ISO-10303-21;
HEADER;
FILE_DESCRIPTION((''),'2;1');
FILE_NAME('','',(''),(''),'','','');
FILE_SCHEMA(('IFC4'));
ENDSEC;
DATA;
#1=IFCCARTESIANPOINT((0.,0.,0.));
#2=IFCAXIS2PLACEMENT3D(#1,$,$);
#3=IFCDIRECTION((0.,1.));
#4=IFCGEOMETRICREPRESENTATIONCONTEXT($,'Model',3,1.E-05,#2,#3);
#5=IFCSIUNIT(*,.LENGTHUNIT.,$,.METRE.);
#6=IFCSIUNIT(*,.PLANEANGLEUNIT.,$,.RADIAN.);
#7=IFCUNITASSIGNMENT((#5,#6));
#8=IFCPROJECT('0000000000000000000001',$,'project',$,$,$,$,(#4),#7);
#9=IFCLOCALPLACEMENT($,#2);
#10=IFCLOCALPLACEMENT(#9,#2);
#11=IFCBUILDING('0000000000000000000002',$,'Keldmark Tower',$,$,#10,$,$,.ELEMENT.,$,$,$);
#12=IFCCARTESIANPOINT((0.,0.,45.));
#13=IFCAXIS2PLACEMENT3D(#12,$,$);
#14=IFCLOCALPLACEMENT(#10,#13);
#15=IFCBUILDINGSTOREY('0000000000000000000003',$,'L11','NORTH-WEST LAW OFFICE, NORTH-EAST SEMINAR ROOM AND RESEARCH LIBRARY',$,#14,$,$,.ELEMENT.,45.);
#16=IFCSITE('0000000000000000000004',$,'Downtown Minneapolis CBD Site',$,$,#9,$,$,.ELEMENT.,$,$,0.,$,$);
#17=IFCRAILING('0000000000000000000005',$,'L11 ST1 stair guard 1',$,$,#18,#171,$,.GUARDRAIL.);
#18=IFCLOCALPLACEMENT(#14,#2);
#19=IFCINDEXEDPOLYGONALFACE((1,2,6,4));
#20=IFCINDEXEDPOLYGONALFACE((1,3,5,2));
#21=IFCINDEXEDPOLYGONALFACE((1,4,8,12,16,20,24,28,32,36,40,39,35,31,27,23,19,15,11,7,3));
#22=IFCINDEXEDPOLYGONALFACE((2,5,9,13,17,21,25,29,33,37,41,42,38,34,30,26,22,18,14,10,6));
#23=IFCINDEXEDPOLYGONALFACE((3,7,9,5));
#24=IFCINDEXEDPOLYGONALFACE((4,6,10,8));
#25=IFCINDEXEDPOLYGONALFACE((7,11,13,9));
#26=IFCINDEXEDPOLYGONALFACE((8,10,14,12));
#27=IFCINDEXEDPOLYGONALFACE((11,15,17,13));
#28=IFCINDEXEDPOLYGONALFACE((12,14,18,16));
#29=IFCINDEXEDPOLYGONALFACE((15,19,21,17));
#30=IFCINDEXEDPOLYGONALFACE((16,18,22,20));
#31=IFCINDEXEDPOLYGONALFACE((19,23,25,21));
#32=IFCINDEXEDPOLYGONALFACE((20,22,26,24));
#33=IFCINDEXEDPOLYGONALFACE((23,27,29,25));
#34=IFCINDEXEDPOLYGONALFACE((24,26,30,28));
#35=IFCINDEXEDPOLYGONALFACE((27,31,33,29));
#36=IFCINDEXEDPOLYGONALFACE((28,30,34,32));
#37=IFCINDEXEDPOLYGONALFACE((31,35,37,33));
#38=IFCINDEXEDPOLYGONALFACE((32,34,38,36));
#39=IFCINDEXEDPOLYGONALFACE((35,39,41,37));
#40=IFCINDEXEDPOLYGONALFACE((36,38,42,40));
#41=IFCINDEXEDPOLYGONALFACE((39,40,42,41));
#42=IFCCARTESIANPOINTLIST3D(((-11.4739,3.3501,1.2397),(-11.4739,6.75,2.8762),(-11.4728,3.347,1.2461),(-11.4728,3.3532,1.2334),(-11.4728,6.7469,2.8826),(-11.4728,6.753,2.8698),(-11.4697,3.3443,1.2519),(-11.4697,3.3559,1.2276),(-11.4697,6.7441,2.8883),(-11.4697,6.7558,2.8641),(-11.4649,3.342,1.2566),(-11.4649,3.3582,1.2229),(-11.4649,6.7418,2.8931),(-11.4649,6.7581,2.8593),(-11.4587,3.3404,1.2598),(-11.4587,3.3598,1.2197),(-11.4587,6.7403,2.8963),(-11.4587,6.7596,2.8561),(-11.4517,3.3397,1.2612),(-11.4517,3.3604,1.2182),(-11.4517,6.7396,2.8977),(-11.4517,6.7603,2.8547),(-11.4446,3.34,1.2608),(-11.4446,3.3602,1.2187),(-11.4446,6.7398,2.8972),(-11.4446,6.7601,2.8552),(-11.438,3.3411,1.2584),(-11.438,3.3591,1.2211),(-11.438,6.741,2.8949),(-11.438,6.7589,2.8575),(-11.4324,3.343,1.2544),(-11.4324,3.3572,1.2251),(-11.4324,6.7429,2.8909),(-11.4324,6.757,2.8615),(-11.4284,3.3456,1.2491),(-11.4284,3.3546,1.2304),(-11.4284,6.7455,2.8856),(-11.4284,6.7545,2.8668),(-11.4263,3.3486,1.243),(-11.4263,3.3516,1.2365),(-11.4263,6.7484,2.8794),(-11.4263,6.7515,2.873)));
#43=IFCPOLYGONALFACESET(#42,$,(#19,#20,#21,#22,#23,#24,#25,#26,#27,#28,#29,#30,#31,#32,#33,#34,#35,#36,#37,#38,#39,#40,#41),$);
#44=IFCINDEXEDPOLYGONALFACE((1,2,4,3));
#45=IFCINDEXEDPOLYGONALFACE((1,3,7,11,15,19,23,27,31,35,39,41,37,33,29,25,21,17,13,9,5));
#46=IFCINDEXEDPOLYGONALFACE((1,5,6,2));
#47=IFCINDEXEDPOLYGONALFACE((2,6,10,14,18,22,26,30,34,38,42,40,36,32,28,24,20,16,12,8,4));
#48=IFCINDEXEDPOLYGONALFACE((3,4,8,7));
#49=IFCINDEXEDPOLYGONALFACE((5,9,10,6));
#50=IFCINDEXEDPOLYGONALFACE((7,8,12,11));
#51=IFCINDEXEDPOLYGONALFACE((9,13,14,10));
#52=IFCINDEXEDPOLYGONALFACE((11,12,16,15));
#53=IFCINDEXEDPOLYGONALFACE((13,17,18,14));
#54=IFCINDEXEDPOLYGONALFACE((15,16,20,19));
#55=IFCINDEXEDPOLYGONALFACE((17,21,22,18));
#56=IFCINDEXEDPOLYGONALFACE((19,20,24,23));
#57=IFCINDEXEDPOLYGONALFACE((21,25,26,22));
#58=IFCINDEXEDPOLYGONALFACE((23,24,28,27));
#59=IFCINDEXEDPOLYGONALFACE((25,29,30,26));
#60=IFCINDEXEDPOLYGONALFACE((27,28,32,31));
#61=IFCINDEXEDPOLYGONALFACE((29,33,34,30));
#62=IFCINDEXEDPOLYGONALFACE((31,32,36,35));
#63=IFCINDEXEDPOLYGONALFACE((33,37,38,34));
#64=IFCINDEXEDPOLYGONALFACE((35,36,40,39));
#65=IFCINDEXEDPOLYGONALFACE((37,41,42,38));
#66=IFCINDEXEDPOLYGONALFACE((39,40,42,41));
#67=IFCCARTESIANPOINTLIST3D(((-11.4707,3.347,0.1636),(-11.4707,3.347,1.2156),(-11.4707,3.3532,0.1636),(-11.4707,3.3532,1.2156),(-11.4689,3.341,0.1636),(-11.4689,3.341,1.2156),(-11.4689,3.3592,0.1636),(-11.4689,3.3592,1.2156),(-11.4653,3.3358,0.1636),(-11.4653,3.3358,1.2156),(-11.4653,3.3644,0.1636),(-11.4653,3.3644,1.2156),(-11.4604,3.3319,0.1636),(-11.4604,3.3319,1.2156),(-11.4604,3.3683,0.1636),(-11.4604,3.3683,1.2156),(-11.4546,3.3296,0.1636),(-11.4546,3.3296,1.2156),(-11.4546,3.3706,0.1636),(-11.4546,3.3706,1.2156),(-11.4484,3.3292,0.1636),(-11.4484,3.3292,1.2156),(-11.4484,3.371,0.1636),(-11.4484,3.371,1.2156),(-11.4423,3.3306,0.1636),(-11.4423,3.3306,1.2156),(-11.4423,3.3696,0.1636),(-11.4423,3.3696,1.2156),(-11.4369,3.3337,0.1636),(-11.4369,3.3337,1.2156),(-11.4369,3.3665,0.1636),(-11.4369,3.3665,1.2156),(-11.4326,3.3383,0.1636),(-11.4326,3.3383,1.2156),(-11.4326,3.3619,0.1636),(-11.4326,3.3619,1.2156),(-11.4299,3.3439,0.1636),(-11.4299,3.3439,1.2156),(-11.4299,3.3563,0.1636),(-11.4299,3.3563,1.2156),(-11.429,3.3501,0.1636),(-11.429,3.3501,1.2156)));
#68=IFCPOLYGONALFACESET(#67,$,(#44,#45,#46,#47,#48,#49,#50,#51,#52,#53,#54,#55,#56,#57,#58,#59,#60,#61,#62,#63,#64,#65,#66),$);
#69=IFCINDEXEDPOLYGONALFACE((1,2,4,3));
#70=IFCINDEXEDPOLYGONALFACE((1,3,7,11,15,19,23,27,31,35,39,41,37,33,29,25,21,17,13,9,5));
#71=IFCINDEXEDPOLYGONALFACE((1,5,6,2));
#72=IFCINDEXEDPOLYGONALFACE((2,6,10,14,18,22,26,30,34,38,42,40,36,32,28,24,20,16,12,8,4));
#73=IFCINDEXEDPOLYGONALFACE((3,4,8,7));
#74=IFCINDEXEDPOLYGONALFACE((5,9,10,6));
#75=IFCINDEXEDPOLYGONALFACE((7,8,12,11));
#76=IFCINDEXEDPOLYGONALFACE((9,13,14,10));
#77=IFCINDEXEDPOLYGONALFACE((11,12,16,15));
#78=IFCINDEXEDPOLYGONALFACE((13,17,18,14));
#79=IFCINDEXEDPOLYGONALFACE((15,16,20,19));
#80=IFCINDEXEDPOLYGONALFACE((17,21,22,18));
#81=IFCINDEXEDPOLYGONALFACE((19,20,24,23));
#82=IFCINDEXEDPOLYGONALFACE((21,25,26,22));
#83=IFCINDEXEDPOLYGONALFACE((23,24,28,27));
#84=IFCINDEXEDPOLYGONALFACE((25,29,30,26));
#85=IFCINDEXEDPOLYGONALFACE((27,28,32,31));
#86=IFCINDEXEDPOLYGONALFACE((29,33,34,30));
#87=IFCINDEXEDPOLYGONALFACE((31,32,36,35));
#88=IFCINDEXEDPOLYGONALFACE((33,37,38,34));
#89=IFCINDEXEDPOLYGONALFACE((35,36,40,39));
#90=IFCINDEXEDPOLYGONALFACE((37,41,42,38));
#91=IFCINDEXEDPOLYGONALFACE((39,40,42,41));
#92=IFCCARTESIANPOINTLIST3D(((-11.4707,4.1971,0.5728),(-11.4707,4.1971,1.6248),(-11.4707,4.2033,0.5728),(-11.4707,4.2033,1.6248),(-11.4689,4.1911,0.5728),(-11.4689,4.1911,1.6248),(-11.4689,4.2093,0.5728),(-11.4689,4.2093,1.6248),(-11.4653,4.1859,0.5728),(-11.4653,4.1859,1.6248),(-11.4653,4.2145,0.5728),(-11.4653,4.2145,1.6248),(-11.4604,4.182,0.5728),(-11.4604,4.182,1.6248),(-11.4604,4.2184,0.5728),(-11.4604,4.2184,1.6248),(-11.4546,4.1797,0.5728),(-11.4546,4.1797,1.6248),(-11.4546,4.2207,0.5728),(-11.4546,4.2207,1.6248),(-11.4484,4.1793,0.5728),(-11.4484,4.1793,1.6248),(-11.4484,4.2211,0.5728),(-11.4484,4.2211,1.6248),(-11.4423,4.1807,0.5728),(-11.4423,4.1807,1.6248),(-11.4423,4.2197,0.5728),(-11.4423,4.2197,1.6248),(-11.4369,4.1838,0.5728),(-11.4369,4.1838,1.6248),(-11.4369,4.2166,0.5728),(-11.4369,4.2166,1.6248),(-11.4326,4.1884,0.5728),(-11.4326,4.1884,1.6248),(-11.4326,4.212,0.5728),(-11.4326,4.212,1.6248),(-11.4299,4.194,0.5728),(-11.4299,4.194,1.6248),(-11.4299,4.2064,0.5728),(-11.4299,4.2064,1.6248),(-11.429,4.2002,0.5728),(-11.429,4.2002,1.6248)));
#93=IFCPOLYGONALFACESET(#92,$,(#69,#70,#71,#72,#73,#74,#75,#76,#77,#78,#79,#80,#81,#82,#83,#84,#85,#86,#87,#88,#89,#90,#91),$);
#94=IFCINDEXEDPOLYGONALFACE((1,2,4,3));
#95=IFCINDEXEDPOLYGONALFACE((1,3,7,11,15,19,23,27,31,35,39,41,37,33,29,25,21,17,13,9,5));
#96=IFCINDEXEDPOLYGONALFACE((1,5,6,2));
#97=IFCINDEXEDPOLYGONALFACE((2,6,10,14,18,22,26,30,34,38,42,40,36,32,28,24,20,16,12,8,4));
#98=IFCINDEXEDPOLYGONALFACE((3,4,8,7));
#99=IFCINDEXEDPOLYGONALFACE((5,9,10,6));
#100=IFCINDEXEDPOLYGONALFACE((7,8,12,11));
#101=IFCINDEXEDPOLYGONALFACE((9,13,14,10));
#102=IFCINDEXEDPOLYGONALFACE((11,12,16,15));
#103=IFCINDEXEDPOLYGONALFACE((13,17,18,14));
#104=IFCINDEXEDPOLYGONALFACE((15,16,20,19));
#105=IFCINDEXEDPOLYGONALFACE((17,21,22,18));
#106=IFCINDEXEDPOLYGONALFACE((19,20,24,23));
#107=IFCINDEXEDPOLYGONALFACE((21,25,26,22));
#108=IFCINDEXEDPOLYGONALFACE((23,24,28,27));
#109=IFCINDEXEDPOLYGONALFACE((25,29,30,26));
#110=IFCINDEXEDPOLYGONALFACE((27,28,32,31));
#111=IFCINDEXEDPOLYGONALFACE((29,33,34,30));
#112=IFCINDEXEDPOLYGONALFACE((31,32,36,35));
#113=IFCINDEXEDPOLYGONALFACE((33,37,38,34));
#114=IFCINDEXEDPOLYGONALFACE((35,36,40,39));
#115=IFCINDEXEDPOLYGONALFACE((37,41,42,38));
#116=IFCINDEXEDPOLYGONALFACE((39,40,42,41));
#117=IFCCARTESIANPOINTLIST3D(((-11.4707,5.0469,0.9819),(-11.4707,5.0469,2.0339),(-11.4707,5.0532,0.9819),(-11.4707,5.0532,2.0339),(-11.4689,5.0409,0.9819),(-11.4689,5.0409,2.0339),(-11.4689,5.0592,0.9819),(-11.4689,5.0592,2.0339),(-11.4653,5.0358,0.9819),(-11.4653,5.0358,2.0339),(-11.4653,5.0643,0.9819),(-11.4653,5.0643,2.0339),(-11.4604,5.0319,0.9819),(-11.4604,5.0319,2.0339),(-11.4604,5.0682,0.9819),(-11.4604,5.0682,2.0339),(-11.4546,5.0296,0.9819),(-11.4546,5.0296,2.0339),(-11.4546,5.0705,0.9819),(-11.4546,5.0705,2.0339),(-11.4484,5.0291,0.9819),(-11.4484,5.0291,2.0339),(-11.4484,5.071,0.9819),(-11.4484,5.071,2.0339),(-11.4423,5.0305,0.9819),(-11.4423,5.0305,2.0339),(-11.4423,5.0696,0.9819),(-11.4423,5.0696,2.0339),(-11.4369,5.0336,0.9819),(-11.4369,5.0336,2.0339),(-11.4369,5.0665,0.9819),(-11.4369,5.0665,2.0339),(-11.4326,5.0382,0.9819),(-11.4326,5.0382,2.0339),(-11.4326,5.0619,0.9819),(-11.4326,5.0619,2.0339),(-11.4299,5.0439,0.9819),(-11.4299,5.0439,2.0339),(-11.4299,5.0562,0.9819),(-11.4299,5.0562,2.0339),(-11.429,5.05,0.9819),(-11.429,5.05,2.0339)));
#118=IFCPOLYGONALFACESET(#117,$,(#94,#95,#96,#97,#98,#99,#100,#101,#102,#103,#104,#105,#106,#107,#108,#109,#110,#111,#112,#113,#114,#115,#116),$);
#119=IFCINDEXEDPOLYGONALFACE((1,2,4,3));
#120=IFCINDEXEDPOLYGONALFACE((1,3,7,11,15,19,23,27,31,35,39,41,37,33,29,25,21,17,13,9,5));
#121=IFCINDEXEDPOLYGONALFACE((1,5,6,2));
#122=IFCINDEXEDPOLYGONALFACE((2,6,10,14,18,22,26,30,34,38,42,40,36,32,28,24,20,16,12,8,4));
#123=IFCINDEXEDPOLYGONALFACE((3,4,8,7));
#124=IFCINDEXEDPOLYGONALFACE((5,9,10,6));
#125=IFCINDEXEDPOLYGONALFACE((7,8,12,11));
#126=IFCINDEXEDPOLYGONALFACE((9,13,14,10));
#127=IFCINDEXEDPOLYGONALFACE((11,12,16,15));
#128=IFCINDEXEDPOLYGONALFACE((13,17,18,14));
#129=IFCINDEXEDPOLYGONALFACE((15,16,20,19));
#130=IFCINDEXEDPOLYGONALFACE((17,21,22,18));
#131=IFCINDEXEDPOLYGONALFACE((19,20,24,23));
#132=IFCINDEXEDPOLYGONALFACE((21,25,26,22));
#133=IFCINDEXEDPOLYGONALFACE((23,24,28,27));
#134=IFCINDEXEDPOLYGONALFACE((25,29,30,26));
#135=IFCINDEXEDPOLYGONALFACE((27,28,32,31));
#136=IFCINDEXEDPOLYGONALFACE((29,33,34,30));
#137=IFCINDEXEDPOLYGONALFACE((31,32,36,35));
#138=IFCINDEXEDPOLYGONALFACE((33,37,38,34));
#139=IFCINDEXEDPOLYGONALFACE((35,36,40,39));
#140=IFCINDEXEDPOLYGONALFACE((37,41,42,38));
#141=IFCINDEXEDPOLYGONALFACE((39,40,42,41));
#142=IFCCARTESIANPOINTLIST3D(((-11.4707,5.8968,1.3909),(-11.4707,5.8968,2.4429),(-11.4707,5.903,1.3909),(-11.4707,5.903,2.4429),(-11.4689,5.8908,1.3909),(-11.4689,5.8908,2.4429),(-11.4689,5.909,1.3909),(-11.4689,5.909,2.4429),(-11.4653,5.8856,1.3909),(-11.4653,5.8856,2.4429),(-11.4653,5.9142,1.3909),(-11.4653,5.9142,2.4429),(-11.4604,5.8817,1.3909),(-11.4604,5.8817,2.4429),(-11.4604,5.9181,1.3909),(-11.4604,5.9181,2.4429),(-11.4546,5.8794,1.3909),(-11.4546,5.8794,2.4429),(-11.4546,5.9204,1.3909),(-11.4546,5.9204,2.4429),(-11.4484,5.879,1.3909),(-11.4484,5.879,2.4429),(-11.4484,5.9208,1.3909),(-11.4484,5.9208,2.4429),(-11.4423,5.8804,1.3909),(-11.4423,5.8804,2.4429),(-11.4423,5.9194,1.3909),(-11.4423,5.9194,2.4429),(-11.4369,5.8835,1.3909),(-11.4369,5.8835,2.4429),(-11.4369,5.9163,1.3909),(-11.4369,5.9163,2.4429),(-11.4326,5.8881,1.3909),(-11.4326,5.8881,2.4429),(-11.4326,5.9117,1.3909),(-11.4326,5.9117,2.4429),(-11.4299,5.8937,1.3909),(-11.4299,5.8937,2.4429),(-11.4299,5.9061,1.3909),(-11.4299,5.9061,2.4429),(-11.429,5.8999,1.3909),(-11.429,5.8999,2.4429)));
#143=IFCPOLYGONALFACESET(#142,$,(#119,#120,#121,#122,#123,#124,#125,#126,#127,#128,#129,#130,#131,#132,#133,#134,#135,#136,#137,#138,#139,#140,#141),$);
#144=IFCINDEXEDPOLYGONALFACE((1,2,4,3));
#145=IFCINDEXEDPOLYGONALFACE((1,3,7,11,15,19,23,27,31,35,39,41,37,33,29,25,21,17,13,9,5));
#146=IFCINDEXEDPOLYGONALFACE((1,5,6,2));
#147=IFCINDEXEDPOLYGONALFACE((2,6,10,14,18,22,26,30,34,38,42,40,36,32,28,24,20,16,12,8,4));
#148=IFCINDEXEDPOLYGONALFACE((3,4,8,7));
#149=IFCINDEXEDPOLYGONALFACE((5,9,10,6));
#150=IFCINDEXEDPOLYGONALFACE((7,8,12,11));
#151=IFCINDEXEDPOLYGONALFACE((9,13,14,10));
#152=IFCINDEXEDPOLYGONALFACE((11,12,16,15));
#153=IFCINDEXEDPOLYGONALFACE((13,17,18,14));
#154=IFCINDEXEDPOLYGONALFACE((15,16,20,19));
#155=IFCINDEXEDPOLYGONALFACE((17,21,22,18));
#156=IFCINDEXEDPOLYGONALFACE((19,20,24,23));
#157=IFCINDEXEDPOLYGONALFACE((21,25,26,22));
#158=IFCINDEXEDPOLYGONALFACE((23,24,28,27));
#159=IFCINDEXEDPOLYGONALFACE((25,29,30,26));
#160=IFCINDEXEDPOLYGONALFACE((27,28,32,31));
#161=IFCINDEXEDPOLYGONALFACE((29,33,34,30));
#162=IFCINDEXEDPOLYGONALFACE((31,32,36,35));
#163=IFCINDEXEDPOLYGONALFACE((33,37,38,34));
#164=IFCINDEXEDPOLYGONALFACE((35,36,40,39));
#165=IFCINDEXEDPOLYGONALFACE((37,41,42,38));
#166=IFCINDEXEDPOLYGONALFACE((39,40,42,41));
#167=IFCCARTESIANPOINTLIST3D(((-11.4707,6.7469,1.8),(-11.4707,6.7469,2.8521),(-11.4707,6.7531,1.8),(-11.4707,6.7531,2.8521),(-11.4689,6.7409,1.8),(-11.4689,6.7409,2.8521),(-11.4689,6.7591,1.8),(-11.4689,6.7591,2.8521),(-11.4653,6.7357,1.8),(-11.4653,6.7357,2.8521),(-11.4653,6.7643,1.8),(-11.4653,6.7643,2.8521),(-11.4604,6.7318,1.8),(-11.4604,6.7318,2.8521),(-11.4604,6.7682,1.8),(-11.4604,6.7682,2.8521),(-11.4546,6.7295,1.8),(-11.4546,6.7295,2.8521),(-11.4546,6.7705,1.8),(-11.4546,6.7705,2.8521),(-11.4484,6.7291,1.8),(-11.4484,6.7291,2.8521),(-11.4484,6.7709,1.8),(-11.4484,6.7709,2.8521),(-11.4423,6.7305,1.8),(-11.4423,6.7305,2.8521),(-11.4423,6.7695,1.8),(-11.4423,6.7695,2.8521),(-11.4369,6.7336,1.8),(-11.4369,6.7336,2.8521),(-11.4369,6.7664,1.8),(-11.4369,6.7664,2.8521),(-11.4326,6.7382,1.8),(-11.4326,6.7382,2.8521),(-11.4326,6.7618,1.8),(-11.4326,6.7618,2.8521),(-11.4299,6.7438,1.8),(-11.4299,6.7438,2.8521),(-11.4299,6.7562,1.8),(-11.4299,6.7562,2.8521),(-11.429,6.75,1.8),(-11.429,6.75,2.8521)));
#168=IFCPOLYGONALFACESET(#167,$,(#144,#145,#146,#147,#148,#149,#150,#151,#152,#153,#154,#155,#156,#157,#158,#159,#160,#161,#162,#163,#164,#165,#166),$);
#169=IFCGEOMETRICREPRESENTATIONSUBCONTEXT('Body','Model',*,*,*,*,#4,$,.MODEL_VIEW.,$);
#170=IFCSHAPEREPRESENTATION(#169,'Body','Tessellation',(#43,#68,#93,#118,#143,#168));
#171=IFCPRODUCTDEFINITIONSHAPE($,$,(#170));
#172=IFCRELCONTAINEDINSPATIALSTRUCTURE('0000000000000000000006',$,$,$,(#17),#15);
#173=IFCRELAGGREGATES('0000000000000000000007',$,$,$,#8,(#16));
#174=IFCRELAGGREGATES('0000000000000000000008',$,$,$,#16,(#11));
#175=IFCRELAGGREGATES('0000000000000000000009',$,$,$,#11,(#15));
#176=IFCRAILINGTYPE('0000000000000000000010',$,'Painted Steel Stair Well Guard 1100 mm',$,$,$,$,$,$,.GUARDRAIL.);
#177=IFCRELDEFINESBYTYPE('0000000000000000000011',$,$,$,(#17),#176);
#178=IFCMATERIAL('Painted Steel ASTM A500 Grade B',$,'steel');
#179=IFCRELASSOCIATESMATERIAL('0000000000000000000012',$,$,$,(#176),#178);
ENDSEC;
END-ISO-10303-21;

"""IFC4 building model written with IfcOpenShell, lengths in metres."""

from ifc_helpers import new_model, si_unit, direction, frame, origin, origin_2d, place, context, subcontext, project, spatial, circle, extrude, material, type_object, element, save


model = new_model("IFC4")

# Units and contexts
model_context = context("Model", 3, precision=1e-05, world=origin(), true_north=direction((0.0, 1.0)))
body_context = subcontext(model_context, "Body", "Model", "MODEL_VIEW")
ifc_project = project(units=[si_unit("LENGTHUNIT", "METRE"), si_unit("PLANEANGLEUNIT", "RADIAN")], contexts=[model_context])

# Site, building, storey
site_placement = place(None, origin())
site = spatial("IfcSite", under=ifc_project, at=site_placement, Name="Downtown Minneapolis CBD Site", CompositionType="ELEMENT", RefElevation=0.0)
building_placement = place(site_placement, origin())
building = spatial("IfcBuilding", under=site, at=building_placement, Name="Keldmark Tower", CompositionType="ELEMENT")
storey_placement = place(building_placement, frame((0.0, 0.0, 45.0)))
storey = spatial("IfcBuildingStorey", under=building, at=storey_placement, Name="L11", Description="NORTH-WEST LAW OFFICE, NORTH-EAST SEMINAR ROOM AND RESEARCH LIBRARY", CompositionType="ELEMENT", Elevation=45.0)

# Railing
ifc_material_1 = material(Name="Painted Steel ASTM A500 Grade B", Category="steel")
railing_type_1 = type_object("IfcRailingType", Name="Painted Steel Stair Well Guard 1100 mm", PredefinedType="GUARDRAIL", material=ifc_material_1)
railing_1_placement = place(storey_placement, frame((-11.45, 3.3501, 0.1636)))
element("IfcRailing", 1, at=railing_1_placement, inside=storey, type_object=railing_type_1, Name="L11 ST1 stair guard 1", PredefinedType="GUARDRAIL", context=body_context, shape_type="SweptSolid", body=[
    extrude(circle(Radius=0.0239, at=origin_2d()), frame((0.0, 0.0, 1.0762), z_axis=(0.0, 0.901055, 0.433705), x_axis=(-1.0, 0.0, 0.0)), (0.0, 0.0, 1.0), 3.7732),
    extrude(circle(Radius=0.021, at=origin_2d()), origin(), (0.0, 0.0, 1.0), 1.052),
    extrude(circle(Radius=0.021, at=origin_2d()), frame((0.0, 0.8501, 0.4092)), (0.0, 0.0, 1.0), 1.052),
    extrude(circle(Radius=0.021, at=origin_2d()), frame((0.0, 1.7, 0.8184)), (0.0, 0.0, 1.0), 1.052),
    extrude(circle(Radius=0.021, at=origin_2d()), frame((0.0, 2.5498, 1.2273)), (0.0, 0.0, 1.0), 1.052),
    extrude(circle(Radius=0.021, at=origin_2d()), frame((0.0, 3.3999, 1.6365)), (0.0, 0.0, 1.0), 1.052),
])

save(model, "model.ifc")
